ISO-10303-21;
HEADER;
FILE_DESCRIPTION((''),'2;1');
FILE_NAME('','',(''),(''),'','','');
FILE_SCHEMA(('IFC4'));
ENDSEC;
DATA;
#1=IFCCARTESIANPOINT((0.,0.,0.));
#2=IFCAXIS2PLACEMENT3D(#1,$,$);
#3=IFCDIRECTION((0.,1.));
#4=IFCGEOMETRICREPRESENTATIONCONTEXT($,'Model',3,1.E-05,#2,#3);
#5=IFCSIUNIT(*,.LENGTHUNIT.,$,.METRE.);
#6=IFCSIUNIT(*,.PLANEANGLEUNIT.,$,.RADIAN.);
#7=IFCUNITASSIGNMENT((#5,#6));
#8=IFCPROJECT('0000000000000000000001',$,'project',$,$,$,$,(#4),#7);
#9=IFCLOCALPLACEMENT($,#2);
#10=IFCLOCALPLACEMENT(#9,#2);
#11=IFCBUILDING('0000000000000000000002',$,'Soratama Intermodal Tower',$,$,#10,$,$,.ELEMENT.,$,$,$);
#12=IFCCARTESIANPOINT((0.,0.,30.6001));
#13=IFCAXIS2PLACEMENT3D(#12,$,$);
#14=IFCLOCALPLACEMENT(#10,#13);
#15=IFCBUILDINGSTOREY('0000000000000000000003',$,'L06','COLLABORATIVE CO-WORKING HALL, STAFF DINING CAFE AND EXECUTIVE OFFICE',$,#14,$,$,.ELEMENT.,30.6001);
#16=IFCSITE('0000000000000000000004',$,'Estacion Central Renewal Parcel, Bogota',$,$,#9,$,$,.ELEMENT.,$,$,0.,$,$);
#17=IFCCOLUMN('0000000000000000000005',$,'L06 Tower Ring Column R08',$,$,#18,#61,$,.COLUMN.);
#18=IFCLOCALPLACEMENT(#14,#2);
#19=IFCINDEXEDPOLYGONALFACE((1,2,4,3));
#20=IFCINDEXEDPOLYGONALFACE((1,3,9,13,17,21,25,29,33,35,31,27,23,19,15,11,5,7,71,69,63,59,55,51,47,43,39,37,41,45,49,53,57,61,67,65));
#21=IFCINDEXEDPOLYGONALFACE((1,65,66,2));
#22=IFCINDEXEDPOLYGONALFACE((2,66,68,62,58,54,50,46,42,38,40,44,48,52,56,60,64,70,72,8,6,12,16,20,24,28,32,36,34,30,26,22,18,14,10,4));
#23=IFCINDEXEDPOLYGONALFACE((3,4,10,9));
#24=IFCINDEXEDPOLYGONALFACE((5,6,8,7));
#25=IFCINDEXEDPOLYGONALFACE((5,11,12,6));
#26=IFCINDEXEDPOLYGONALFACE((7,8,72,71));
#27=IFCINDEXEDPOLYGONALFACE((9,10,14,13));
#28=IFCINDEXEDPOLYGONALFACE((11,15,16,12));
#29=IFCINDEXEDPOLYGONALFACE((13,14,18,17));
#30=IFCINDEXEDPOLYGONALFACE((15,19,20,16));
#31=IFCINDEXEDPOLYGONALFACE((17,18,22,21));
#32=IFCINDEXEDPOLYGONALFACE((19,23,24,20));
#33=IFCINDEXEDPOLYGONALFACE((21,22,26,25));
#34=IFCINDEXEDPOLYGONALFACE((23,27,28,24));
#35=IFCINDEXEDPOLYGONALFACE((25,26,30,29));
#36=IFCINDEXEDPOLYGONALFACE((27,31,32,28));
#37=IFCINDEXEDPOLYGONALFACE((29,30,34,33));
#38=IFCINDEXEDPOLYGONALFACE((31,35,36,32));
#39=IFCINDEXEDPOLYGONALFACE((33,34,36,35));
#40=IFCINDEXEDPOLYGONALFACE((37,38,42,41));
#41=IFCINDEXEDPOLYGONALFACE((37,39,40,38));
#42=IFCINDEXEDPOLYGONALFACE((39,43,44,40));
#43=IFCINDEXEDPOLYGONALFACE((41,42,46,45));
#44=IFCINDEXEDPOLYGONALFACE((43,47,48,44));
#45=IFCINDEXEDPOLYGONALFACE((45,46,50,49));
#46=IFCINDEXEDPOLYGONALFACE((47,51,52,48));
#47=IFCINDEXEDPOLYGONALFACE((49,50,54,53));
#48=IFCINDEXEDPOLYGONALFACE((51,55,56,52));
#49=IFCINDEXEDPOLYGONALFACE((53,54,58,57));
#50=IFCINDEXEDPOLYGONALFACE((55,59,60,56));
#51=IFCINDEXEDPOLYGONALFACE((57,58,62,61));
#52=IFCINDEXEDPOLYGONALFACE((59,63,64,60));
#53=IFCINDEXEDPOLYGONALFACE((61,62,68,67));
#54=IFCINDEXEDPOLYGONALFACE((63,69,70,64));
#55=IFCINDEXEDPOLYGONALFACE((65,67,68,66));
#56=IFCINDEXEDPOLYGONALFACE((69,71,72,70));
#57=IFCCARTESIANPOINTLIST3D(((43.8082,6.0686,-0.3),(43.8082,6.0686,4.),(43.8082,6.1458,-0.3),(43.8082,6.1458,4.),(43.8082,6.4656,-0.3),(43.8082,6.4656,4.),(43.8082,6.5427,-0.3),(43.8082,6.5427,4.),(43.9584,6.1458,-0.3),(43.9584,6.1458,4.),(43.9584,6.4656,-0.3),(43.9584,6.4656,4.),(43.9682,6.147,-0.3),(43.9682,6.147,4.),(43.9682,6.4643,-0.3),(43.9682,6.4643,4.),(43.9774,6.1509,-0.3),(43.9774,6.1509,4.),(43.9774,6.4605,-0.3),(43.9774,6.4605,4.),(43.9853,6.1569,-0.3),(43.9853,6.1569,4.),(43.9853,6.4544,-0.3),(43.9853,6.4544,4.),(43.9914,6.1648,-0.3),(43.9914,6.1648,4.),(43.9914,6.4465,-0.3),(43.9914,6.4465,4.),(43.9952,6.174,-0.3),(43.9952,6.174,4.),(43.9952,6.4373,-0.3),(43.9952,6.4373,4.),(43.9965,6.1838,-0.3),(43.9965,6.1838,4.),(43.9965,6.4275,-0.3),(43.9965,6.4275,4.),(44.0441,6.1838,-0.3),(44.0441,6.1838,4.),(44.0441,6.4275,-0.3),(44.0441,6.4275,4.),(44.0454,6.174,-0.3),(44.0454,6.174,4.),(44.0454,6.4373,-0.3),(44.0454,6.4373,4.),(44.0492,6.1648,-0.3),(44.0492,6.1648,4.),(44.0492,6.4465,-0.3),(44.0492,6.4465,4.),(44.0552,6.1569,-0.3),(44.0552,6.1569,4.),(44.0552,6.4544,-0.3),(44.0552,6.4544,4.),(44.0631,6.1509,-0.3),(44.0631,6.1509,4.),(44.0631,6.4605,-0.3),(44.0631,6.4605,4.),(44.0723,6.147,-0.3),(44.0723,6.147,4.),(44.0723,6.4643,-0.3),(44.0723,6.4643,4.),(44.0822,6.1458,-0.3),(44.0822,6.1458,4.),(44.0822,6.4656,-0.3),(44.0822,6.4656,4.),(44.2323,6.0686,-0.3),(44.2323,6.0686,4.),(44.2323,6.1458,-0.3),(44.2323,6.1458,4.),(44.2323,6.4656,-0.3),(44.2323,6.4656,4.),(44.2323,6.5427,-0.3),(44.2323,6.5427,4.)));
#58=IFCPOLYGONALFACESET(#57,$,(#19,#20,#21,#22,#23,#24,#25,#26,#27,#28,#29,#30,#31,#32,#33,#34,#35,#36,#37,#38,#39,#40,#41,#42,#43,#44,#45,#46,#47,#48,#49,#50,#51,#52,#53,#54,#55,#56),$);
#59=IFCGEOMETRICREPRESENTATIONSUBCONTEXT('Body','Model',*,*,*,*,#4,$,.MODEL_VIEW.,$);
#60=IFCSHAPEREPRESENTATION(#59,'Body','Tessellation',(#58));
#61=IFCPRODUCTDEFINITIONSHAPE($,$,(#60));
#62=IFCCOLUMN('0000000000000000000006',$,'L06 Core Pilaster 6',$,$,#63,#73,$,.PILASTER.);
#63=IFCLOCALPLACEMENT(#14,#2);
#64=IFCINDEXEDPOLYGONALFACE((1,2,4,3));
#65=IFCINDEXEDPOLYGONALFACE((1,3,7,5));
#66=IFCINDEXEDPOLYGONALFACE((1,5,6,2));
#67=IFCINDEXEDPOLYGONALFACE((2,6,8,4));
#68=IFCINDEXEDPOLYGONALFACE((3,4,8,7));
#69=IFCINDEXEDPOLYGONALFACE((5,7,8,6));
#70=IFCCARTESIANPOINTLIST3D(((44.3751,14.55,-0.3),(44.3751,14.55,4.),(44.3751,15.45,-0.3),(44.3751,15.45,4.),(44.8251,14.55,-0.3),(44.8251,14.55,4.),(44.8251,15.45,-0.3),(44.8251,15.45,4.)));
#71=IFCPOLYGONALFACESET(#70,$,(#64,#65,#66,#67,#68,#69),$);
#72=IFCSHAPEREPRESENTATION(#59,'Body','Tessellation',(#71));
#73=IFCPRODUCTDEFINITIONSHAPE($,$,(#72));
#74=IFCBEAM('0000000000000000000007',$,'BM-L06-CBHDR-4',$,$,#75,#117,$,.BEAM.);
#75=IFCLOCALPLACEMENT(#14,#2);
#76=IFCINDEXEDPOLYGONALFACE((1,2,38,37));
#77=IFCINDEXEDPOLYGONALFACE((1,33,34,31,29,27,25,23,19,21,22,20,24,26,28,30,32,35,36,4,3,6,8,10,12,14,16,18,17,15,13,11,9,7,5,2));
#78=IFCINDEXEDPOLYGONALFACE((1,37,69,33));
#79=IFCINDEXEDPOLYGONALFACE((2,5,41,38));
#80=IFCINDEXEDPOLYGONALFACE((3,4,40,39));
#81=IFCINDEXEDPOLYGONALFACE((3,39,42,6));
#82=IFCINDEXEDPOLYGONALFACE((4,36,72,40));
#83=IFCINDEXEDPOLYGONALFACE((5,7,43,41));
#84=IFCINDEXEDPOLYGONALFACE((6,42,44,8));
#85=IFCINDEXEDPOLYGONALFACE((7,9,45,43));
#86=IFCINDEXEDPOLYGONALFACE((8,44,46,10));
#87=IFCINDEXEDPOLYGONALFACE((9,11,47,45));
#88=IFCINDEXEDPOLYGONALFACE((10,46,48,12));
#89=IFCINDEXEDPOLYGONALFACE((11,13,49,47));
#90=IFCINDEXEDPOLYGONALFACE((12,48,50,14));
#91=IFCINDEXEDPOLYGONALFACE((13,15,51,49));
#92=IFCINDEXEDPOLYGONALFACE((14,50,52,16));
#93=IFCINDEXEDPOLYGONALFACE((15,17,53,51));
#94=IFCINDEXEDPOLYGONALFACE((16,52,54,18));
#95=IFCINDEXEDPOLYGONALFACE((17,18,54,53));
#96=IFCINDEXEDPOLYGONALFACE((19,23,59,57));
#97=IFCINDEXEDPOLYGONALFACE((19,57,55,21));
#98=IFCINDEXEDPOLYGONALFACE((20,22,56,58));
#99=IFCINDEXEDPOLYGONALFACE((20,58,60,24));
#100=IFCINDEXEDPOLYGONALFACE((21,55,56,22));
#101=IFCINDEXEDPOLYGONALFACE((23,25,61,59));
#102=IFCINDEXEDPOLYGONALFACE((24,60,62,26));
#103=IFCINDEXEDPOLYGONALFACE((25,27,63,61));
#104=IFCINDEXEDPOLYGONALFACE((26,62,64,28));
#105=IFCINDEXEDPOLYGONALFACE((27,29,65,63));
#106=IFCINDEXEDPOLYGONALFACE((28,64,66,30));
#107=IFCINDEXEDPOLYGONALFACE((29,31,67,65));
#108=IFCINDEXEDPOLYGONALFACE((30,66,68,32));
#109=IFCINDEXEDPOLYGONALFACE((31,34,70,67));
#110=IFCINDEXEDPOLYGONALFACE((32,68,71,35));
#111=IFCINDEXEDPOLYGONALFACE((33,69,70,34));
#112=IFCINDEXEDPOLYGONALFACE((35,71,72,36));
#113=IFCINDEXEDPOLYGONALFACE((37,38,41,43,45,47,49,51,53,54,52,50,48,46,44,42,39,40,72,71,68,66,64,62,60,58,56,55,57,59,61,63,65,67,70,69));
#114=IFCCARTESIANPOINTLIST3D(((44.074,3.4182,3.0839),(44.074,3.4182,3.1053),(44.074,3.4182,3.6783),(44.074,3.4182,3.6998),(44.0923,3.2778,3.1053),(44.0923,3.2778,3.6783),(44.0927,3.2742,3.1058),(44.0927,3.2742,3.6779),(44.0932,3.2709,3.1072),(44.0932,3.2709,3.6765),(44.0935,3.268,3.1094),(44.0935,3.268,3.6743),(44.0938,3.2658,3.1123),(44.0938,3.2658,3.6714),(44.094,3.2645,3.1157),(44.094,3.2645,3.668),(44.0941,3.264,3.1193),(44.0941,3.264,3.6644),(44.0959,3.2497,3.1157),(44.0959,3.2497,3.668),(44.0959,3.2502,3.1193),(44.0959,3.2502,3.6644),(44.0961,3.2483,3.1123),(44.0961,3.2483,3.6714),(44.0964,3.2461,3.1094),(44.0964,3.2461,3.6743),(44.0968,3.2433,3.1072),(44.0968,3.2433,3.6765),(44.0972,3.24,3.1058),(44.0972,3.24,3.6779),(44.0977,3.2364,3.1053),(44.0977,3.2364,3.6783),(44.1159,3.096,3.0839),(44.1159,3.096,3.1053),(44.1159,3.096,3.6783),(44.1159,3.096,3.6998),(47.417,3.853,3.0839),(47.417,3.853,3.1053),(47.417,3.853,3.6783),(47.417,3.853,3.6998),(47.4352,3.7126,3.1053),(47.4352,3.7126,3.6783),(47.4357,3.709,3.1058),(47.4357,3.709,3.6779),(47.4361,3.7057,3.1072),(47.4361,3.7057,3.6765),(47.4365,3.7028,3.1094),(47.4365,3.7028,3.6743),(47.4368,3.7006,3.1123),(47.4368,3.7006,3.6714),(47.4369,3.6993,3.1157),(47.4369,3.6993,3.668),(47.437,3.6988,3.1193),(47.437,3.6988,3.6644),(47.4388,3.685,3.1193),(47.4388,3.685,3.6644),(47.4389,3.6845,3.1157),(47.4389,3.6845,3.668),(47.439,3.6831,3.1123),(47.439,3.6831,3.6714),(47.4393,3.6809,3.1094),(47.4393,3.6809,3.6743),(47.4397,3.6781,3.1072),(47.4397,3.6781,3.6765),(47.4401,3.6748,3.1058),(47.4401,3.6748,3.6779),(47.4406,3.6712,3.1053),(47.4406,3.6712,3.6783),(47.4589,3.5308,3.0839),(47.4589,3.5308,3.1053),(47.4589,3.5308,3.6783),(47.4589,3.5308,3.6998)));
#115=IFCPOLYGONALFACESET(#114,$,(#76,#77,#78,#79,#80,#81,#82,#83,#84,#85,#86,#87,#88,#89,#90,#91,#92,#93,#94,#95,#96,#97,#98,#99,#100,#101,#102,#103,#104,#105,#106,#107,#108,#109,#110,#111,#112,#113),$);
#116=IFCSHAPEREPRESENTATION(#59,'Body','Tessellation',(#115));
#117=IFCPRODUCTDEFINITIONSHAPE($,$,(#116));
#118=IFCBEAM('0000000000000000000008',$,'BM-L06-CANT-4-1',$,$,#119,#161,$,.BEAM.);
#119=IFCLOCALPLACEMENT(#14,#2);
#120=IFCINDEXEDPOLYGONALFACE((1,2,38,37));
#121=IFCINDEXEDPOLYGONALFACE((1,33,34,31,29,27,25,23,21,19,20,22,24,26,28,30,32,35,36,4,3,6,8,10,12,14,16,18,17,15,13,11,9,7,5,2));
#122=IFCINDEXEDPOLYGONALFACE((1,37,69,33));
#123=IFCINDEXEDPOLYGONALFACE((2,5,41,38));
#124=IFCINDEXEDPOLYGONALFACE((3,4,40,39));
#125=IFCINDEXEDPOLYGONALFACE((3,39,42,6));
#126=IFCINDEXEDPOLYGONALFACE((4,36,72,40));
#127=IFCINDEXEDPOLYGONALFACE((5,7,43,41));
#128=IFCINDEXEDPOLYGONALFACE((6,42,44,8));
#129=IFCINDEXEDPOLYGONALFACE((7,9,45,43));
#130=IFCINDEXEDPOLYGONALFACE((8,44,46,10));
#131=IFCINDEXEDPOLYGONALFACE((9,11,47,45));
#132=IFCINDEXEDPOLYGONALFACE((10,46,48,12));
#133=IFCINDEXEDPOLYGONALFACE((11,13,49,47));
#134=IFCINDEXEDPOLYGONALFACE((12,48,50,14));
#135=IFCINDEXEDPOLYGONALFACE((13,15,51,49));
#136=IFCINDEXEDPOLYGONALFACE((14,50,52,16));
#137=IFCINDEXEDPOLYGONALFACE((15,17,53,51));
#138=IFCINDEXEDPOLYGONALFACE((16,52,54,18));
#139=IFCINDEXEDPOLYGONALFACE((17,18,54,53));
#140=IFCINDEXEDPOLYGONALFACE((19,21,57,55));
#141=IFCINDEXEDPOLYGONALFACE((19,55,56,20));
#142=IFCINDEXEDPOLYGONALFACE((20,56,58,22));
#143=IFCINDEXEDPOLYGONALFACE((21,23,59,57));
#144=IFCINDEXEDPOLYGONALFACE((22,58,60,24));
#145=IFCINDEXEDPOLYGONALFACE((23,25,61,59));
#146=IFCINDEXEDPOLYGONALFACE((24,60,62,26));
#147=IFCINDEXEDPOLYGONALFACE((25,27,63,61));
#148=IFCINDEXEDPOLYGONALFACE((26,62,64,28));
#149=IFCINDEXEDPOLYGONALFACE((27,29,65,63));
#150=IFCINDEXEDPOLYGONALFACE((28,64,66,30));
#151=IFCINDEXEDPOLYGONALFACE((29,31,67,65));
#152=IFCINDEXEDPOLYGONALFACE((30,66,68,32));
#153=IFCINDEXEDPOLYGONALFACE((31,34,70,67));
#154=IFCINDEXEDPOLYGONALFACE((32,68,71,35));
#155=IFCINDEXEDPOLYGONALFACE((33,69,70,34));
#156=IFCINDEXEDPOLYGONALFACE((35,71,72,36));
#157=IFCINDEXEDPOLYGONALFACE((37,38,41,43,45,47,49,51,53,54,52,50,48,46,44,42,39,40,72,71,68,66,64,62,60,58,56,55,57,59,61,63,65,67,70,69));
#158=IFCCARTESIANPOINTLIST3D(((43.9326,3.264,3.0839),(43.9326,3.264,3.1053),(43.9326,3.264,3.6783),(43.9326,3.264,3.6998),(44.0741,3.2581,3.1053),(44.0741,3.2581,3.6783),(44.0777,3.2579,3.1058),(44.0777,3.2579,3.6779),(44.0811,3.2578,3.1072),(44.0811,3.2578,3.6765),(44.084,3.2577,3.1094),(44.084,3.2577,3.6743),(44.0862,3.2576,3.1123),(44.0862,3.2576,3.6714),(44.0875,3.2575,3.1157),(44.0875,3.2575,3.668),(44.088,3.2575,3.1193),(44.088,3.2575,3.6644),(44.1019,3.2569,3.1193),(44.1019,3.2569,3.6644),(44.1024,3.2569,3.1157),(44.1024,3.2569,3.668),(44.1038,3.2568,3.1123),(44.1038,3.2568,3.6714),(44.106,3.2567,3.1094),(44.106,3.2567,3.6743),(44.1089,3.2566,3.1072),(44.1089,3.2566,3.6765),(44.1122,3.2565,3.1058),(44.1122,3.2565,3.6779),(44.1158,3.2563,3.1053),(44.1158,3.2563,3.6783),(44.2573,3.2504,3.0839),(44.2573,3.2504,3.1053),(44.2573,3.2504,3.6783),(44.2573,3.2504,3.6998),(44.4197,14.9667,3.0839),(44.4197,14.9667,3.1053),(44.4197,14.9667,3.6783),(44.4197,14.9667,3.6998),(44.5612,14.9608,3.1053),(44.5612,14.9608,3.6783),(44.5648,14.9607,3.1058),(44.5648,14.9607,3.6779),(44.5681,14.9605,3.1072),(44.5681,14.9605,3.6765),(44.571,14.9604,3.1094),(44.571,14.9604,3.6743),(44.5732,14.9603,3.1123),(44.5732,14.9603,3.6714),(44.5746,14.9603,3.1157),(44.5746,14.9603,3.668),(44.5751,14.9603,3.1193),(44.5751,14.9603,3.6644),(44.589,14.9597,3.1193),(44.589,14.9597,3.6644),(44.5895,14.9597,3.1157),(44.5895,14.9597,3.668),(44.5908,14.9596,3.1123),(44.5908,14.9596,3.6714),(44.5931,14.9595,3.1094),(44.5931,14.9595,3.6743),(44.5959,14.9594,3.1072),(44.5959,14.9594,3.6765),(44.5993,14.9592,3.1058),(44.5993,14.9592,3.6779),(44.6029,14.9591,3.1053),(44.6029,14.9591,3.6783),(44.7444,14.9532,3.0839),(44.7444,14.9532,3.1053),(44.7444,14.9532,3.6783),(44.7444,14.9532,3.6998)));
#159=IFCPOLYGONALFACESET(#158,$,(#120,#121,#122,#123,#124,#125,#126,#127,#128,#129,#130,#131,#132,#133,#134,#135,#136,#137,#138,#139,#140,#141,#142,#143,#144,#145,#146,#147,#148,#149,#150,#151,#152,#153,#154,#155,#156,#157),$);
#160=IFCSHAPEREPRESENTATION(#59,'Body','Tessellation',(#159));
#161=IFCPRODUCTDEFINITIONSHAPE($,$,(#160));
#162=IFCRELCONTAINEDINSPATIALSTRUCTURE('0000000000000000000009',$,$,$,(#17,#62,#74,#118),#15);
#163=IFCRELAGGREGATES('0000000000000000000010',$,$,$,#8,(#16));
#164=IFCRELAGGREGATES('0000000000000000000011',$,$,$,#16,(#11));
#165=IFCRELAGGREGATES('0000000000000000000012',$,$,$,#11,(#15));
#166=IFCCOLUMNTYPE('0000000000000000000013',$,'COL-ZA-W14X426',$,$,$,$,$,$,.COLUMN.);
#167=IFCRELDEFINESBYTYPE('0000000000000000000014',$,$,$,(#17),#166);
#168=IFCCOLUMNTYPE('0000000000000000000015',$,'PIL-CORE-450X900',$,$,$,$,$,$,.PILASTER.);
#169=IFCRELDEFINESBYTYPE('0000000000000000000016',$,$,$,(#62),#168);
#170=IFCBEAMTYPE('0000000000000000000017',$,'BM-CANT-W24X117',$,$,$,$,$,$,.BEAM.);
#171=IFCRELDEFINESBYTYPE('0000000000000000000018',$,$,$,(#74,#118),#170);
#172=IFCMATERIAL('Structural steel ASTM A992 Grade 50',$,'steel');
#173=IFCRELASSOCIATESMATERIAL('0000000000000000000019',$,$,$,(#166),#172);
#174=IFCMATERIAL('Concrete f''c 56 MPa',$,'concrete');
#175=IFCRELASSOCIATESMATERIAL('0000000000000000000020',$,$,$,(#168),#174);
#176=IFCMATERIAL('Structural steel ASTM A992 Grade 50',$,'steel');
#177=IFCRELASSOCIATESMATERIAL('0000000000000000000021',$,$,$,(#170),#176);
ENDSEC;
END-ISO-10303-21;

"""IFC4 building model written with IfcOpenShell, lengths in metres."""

from ifc_helpers import new_model, si_unit, direction, frame, origin, origin_2d, place, context, subcontext, project, spatial, rectangle, i_section, extrude, material, material_profile, profile_set, type_object, element, save


model = new_model("IFC4")

# Units and contexts
model_context = context("Model", 3, precision=1e-05, world=origin(), true_north=direction((0.0, 1.0)))
body_context = subcontext(model_context, "Body", "Model", "MODEL_VIEW")
ifc_project = project(units=[si_unit("LENGTHUNIT", "METRE"), si_unit("PLANEANGLEUNIT", "RADIAN")], contexts=[model_context])

# Site, building, storey
site_placement = place(None, origin())
site = spatial("IfcSite", under=ifc_project, at=site_placement, Name="Estacion Central Renewal Parcel, Bogota", CompositionType="ELEMENT", RefElevation=0.0)
building_placement = place(site_placement, origin())
building = spatial("IfcBuilding", under=site, at=building_placement, Name="Soratama Intermodal Tower", CompositionType="ELEMENT")
storey_placement = place(building_placement, frame((0.0, 0.0, 30.6001)))
storey = spatial("IfcBuildingStorey", under=building, at=storey_placement, Name="L06", Description="COLLABORATIVE CO-WORKING HALL, STAFF DINING CAFE AND EXECUTIVE OFFICE", CompositionType="ELEMENT", Elevation=30.6001)

# Columns
ifc_material_1 = material(Name="Structural steel ASTM A992 Grade 50", Category="steel")
ifc_material_profile_1 = material_profile(ifc_material_1, i_section(OverallWidth=0.4241, OverallDepth=0.4741, WebThickness=0.0476, FlangeThickness=0.0771, FilletRadius=0.0381, at=origin_2d()), Name="W14X426")
ifc_profile_set_1 = profile_set([ifc_material_profile_1], Name="Structural steel ASTM A992 Grade 50")
column_type_1 = type_object("IfcColumnType", Name="COL-ZA-W14X426", PredefinedType="COLUMN", material=ifc_profile_set_1)
column_1_placement = place(storey_placement, frame((44.0203, 6.3057, -0.3), z_axis=(0.0, 0.0, 1.0), x_axis=(1.0, 0.0, 0.0)))
element("IfcColumn", 1, at=column_1_placement, inside=storey, type_object=column_type_1, Name="L06 Tower Ring Column R08", PredefinedType="COLUMN", context=body_context, shape_type="SweptSolid", body=[
    extrude(i_section(OverallWidth=0.4241, OverallDepth=0.4741, WebThickness=0.0476, FlangeThickness=0.0771, FilletRadius=0.0381, at=origin_2d()), origin(), (0.0, 0.0, 1.0), 4.3),
])
ifc_material_2 = material(Name="Concrete f'c 56 MPa", Category="concrete")
ifc_material_profile_2 = material_profile(ifc_material_2, rectangle(XDim=0.45, YDim=0.8999, at=origin_2d()), Name="RC450X900")
ifc_profile_set_2 = profile_set([ifc_material_profile_2], Name="Concrete f'c 56 MPa")
column_type_2 = type_object("IfcColumnType", Name="PIL-CORE-450X900", PredefinedType="PILASTER", material=ifc_profile_set_2)
column_2_placement = place(storey_placement, frame((44.6001, 15.0, -0.3), z_axis=(0.0, 0.0, 1.0), x_axis=(1.0, 0.0, 0.0)))
element("IfcColumn", 2, at=column_2_placement, inside=storey, type_object=column_type_2, Name="L06 Core Pilaster 6", PredefinedType="PILASTER", context=body_context, shape_type="SweptSolid", body=[
    extrude(rectangle(XDim=0.45, YDim=0.8999, at=origin_2d()), origin(), (0.0, 0.0, 1.0), 4.3),
])

# Beams
ifc_material_3 = material(Name="Structural steel ASTM A992 Grade 50", Category="steel")
ifc_material_profile_3 = material_profile(ifc_material_3, i_section(OverallWidth=0.325, OverallDepth=0.616, WebThickness=0.0139, FlangeThickness=0.0215, FilletRadius=0.0139, at=origin_2d()), Name="W24X117")
ifc_profile_set_3 = profile_set([ifc_material_profile_3], Name="Structural steel ASTM A992 Grade 50")
beam_type_1 = type_object("IfcBeamType", Name="BM-CANT-W24X117", PredefinedType="BEAM", material=ifc_profile_set_3)
beam_1_placement = place(storey_placement, frame((44.095, 3.2571, 3.3918), z_axis=(0.991647, 0.12898, 0.0), x_axis=(-0.12898, 0.991647, 0.0)))
element("IfcBeam", 3, at=beam_1_placement, inside=storey, type_object=beam_type_1, Name="BM-L06-CBHDR-4", PredefinedType="BEAM", context=body_context, shape_type="SweptSolid", body=[
    extrude(i_section(OverallWidth=0.325, OverallDepth=0.616, WebThickness=0.0139, FlangeThickness=0.0215, FilletRadius=0.0139, at=origin_2d()), origin(), (0.0, 0.0, 1.0), 3.3711),
])
beam_2_placement = place(storey_placement, frame((44.582, 14.96, 3.3918), z_axis=(-0.041583, -0.999135, 0.0), x_axis=(0.999135, -0.041583, 0.0)))
element("IfcBeam", 4, at=beam_2_placement, inside=storey, type_object=beam_type_1, Name="BM-L06-CANT-4-1", PredefinedType="BEAM", context=body_context, shape_type="SweptSolid", body=[
    extrude(i_section(OverallWidth=0.325, OverallDepth=0.616, WebThickness=0.0139, FlangeThickness=0.0215, FilletRadius=0.0139, at=origin_2d()), origin(), (0.0, 0.0, 1.0), 11.7129),
])

save(model, "model.ifc")
